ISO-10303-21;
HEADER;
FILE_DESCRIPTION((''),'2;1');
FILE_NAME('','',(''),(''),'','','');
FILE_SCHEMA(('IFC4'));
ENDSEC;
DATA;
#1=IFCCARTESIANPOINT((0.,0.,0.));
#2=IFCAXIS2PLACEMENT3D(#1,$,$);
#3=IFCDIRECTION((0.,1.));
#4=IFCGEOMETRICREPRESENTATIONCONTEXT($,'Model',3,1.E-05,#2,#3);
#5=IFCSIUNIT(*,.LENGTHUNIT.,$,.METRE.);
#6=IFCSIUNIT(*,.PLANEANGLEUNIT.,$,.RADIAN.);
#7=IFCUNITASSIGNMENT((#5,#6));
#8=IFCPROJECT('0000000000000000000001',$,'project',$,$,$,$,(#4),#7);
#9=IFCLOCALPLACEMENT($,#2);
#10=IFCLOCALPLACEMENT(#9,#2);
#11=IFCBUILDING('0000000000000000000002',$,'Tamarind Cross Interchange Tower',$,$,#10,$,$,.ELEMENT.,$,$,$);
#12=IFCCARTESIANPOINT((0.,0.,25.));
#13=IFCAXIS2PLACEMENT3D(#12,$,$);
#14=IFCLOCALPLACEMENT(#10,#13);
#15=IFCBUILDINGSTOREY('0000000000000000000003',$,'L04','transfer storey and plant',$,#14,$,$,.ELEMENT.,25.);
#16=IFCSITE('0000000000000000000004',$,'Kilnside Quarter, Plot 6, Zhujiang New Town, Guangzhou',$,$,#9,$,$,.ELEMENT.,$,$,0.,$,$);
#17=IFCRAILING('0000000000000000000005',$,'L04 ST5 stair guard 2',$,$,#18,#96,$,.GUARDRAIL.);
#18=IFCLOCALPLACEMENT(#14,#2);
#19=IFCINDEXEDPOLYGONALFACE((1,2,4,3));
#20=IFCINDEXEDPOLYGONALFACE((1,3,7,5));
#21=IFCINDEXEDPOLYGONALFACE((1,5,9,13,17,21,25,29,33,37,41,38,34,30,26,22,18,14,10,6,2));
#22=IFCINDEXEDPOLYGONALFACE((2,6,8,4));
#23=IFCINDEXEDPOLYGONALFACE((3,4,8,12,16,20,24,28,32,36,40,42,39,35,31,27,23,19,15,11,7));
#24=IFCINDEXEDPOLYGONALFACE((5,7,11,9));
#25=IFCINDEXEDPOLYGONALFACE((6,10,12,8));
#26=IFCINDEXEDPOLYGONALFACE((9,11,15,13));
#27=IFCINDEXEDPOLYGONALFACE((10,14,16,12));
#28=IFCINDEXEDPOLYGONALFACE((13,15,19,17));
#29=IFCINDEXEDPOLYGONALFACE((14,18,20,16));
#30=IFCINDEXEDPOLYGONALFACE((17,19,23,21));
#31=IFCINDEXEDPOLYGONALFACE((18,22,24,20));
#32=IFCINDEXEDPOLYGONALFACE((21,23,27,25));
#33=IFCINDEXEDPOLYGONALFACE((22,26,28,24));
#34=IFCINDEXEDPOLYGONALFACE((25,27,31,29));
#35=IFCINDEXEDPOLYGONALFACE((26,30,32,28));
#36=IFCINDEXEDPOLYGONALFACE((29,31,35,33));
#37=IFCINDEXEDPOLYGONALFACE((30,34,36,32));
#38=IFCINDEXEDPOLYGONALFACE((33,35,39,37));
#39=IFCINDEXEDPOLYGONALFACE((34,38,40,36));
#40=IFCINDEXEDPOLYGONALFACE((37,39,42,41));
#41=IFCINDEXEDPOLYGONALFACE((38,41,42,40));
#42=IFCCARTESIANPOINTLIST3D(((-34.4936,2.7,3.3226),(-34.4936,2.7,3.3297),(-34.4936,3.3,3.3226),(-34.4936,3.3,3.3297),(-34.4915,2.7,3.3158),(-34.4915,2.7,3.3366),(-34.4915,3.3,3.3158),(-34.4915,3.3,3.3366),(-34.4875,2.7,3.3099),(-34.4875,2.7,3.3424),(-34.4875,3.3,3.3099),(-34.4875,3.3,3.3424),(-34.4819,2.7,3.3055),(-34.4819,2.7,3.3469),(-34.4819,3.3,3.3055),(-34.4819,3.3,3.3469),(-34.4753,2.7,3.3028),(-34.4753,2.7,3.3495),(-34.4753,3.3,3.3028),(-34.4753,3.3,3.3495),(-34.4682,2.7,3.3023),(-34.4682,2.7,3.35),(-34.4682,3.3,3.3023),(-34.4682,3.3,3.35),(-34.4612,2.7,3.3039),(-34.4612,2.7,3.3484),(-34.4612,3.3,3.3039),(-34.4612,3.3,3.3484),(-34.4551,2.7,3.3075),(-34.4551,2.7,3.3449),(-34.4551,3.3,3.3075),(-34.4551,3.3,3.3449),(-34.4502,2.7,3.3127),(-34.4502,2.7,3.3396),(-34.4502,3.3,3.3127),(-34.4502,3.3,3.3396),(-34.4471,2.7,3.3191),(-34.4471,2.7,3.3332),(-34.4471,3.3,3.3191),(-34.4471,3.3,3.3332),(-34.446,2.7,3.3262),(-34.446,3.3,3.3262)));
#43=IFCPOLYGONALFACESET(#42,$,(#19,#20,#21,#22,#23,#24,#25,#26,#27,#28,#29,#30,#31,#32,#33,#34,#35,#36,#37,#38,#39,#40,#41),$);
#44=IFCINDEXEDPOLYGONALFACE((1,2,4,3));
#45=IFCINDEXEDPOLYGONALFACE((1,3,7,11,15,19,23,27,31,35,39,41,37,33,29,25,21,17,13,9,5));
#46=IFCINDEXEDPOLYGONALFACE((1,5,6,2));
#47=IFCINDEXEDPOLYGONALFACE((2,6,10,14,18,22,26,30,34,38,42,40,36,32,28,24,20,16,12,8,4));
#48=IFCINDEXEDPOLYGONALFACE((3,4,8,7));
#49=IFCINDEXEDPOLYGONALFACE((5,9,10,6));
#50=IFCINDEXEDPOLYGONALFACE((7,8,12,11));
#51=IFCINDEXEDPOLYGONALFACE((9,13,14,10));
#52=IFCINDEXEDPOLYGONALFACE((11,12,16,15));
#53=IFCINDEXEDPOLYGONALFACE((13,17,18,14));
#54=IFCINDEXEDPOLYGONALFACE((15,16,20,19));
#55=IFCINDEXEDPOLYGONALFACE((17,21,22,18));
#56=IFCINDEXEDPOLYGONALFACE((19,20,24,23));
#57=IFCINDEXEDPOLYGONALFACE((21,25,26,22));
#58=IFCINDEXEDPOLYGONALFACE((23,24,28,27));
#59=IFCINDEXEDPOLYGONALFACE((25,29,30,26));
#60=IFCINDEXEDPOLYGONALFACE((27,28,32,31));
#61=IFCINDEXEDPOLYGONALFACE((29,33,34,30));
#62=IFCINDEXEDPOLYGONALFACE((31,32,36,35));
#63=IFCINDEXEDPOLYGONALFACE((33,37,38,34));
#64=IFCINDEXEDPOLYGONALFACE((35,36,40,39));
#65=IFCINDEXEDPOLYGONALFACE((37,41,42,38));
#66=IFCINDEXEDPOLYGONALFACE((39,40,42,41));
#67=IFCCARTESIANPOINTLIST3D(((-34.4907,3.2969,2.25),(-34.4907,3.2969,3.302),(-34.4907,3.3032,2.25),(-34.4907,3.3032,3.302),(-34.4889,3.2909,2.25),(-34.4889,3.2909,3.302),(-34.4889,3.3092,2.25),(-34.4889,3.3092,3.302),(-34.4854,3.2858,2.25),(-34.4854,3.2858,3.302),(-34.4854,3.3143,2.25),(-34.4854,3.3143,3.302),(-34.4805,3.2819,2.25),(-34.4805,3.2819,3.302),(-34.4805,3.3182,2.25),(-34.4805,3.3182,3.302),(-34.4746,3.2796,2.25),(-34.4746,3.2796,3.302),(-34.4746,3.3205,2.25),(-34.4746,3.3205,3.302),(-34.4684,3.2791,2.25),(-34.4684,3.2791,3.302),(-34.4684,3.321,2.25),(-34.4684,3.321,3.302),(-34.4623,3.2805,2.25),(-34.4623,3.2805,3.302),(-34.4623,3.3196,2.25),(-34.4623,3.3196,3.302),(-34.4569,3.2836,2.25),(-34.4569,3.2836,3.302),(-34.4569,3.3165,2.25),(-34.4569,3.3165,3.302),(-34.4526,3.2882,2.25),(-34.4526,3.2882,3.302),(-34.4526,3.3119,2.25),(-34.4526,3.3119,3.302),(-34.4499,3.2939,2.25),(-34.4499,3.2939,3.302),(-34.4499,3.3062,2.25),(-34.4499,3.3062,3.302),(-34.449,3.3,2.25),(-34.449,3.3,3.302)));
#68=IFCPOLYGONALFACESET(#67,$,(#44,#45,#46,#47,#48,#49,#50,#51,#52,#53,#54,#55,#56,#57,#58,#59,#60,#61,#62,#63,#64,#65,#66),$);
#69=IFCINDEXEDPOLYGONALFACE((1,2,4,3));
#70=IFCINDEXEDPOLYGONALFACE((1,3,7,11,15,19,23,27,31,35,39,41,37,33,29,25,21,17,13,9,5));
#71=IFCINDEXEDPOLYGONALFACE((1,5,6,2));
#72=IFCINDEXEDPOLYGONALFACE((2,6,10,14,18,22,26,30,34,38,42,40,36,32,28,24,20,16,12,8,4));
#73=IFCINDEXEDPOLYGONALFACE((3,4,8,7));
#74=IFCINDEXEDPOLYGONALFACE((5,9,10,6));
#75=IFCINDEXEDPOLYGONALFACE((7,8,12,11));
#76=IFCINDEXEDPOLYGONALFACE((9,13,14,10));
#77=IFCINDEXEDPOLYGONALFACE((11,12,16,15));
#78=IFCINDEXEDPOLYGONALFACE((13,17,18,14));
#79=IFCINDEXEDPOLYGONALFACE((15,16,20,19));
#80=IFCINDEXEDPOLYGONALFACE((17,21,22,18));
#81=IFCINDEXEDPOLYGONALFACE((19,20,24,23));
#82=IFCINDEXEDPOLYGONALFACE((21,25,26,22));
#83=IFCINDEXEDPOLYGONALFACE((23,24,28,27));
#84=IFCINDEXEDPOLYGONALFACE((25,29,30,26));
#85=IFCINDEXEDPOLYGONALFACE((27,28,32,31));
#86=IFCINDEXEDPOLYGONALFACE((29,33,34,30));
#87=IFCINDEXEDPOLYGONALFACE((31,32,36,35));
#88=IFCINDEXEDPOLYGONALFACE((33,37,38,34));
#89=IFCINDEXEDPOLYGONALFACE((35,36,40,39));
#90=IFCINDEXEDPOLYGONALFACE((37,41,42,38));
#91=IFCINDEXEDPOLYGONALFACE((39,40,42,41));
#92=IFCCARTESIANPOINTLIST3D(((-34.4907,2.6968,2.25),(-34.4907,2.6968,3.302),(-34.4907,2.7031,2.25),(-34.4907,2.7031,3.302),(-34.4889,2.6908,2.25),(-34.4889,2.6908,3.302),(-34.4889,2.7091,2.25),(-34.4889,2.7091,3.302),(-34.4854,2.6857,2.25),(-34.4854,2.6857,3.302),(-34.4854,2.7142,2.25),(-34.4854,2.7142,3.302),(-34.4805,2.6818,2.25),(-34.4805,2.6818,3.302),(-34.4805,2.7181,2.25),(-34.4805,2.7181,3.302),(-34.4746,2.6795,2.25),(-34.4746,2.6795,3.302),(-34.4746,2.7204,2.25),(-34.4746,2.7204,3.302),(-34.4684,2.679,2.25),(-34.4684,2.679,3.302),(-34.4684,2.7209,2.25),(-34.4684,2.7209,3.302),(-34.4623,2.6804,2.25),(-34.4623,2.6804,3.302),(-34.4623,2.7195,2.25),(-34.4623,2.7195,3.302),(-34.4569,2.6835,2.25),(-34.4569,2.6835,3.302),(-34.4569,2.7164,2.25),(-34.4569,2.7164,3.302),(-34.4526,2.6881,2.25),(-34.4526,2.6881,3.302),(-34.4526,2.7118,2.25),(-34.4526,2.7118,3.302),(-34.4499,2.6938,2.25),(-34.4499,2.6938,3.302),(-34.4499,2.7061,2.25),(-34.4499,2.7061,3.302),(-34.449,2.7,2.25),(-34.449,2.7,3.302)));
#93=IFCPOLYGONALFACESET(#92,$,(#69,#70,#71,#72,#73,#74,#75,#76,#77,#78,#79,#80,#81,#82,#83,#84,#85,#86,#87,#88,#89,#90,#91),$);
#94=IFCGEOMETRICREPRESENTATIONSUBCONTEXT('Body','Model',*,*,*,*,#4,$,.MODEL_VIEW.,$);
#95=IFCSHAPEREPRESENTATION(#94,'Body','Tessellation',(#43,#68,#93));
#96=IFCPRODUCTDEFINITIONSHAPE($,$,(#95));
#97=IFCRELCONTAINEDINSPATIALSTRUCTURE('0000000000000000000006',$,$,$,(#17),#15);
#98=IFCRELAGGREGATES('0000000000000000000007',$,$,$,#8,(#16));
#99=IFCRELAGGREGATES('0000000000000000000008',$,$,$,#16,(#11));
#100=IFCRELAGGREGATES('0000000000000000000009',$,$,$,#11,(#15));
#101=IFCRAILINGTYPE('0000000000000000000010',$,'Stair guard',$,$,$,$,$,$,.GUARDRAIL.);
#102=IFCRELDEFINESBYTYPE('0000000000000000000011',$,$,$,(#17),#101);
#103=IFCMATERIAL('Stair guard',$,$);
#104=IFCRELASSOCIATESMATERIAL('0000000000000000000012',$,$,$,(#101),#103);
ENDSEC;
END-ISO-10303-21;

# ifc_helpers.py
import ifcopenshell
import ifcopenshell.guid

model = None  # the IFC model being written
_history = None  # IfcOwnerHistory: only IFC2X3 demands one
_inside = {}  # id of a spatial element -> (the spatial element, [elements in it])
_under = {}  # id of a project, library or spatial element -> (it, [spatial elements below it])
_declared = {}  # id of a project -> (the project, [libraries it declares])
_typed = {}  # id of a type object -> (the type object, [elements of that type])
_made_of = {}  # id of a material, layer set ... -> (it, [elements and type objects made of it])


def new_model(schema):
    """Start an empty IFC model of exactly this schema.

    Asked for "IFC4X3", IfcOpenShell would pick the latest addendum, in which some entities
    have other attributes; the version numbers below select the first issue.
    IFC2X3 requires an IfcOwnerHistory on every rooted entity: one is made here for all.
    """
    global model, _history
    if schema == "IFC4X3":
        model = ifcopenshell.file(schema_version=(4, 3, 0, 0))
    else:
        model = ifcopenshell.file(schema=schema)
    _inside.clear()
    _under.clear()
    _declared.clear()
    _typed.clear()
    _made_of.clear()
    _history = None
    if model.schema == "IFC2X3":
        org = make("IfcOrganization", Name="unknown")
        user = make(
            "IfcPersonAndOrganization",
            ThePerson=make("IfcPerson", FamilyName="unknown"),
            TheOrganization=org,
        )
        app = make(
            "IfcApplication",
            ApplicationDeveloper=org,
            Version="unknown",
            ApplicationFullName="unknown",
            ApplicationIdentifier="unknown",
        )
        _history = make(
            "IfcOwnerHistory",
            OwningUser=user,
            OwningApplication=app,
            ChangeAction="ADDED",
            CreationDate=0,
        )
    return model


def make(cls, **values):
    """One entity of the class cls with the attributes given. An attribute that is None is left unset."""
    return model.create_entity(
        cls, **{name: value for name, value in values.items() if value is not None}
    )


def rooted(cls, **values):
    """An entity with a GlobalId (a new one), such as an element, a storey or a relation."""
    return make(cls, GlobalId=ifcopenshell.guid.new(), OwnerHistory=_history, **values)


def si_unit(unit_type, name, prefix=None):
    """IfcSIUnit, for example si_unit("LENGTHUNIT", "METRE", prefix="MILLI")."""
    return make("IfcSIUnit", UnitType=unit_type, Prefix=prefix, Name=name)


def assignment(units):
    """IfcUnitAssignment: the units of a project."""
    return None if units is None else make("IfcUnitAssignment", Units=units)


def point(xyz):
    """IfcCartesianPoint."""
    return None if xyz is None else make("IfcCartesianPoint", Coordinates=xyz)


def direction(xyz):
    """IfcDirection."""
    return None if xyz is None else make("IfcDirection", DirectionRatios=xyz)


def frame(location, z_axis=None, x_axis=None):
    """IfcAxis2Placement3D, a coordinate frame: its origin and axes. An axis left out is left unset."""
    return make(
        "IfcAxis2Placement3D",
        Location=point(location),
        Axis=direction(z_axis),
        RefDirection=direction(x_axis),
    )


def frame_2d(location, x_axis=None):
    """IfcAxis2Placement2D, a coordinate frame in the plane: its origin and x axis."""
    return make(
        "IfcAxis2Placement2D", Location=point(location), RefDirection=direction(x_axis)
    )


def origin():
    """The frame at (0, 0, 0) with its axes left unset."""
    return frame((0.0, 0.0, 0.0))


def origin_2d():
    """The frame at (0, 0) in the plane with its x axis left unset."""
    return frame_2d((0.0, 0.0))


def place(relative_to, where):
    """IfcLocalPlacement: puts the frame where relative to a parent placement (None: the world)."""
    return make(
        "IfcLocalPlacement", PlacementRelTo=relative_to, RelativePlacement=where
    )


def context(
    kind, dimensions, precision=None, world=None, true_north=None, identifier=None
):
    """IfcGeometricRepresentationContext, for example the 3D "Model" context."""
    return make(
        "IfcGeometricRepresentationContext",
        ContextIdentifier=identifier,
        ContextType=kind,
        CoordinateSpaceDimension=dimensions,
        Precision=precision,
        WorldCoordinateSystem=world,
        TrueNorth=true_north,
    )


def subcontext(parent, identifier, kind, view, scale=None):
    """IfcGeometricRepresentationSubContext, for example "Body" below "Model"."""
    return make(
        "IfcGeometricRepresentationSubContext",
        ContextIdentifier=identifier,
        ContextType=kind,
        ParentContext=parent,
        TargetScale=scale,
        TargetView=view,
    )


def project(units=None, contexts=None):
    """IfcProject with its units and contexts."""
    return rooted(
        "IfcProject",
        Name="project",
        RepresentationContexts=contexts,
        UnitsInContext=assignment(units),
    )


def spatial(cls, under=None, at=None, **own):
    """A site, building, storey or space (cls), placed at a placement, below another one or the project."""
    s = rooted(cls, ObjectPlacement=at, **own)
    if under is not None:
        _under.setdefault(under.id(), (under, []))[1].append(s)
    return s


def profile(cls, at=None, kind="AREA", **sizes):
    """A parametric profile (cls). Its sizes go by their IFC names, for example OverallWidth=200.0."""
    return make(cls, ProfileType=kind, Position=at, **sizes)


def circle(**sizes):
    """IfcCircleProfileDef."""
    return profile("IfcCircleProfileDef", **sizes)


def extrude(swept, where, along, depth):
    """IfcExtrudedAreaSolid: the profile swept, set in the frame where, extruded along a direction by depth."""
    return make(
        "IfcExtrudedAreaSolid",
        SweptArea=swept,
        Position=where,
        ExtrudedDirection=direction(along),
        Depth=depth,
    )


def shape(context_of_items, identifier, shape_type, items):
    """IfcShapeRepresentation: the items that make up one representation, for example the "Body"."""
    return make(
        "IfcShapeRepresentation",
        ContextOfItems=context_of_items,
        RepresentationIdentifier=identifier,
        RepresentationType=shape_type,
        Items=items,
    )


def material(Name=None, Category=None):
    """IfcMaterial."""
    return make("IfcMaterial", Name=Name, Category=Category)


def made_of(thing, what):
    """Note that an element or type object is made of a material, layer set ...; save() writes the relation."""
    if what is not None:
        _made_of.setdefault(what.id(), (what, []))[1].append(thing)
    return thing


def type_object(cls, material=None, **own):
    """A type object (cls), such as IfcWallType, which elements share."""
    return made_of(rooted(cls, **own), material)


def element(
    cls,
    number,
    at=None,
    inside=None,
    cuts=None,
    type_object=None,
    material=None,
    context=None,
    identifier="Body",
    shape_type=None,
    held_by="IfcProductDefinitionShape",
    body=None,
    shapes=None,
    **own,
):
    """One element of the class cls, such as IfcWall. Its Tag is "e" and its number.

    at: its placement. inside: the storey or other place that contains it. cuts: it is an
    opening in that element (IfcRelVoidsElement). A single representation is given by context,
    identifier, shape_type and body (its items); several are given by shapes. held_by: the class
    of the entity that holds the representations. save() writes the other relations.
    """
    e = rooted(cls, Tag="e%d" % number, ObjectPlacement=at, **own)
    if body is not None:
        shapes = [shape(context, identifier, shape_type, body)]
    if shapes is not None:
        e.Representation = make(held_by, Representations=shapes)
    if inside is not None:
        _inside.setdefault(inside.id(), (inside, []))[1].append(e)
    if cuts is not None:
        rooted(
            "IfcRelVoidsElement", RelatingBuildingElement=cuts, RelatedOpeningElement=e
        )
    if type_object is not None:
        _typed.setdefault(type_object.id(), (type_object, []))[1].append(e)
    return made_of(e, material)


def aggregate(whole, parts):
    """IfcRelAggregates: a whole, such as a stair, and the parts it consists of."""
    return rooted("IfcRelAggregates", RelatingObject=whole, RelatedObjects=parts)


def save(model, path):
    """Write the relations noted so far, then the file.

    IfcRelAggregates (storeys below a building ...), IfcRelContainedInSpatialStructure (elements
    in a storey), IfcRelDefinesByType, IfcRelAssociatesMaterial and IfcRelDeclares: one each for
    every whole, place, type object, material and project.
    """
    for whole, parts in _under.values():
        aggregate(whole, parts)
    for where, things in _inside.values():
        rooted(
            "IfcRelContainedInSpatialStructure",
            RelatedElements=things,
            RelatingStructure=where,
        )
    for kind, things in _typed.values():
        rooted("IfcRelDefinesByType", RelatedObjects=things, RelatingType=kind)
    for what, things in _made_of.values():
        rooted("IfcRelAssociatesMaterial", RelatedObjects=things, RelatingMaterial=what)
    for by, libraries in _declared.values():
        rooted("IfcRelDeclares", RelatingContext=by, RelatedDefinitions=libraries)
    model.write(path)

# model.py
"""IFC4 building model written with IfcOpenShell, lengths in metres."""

from ifc_helpers import new_model, si_unit, direction, frame, origin, origin_2d, place, context, subcontext, project, spatial, circle, extrude, material, type_object, element, save


model = new_model("IFC4")

# Units and contexts
model_context = context("Model", 3, precision=1e-05, world=origin(), true_north=direction((0.0, 1.0)))
body_context = subcontext(model_context, "Body", "Model", "MODEL_VIEW")
ifc_project = project(units=[si_unit("LENGTHUNIT", "METRE"), si_unit("PLANEANGLEUNIT", "RADIAN")], contexts=[model_context])

# Site, building, storey
site_placement = place(None, origin())
site = spatial("IfcSite", under=ifc_project, at=site_placement, Name="Kilnside Quarter, Plot 6, Zhujiang New Town, Guangzhou", CompositionType="ELEMENT", RefElevation=0.0)
building_placement = place(site_placement, origin())
building = spatial("IfcBuilding", under=site, at=building_placement, Name="Tamarind Cross Interchange Tower", CompositionType="ELEMENT")
storey_placement = place(building_placement, frame((0.0, 0.0, 25.0)))
storey = spatial("IfcBuildingStorey", under=building, at=storey_placement, Name="L04", Description="transfer storey and plant", CompositionType="ELEMENT", Elevation=25.0)

# Railing
ifc_material_1 = material(Name="Stair guard")
railing_type_1 = type_object("IfcRailingType", Name="Stair guard", PredefinedType="GUARDRAIL", material=ifc_material_1)
railing_1_placement = place(storey_placement, frame((-34.47, 3.3, 2.25)))
element("IfcRailing", 1, at=railing_1_placement, inside=storey, type_object=railing_type_1, Name="L04 ST5 stair guard 2", PredefinedType="GUARDRAIL", context=body_context, shape_type="SweptSolid", body=[
    extrude(circle(Radius=0.0239, at=origin_2d()), frame((0.0, 0.0, 1.0762), z_axis=(0.0, -1.0, 0.0), x_axis=(1.0, 0.0, 0.0)), (0.0, 0.0, 1.0), 0.6001),
    extrude(circle(Radius=0.021, at=origin_2d()), origin(), (0.0, 0.0, 1.0), 1.052),
    extrude(circle(Radius=0.021, at=origin_2d()), frame((0.0, -0.6001, 0.0)), (0.0, 0.0, 1.0), 1.052),
])

save(model, "model.ifc")
